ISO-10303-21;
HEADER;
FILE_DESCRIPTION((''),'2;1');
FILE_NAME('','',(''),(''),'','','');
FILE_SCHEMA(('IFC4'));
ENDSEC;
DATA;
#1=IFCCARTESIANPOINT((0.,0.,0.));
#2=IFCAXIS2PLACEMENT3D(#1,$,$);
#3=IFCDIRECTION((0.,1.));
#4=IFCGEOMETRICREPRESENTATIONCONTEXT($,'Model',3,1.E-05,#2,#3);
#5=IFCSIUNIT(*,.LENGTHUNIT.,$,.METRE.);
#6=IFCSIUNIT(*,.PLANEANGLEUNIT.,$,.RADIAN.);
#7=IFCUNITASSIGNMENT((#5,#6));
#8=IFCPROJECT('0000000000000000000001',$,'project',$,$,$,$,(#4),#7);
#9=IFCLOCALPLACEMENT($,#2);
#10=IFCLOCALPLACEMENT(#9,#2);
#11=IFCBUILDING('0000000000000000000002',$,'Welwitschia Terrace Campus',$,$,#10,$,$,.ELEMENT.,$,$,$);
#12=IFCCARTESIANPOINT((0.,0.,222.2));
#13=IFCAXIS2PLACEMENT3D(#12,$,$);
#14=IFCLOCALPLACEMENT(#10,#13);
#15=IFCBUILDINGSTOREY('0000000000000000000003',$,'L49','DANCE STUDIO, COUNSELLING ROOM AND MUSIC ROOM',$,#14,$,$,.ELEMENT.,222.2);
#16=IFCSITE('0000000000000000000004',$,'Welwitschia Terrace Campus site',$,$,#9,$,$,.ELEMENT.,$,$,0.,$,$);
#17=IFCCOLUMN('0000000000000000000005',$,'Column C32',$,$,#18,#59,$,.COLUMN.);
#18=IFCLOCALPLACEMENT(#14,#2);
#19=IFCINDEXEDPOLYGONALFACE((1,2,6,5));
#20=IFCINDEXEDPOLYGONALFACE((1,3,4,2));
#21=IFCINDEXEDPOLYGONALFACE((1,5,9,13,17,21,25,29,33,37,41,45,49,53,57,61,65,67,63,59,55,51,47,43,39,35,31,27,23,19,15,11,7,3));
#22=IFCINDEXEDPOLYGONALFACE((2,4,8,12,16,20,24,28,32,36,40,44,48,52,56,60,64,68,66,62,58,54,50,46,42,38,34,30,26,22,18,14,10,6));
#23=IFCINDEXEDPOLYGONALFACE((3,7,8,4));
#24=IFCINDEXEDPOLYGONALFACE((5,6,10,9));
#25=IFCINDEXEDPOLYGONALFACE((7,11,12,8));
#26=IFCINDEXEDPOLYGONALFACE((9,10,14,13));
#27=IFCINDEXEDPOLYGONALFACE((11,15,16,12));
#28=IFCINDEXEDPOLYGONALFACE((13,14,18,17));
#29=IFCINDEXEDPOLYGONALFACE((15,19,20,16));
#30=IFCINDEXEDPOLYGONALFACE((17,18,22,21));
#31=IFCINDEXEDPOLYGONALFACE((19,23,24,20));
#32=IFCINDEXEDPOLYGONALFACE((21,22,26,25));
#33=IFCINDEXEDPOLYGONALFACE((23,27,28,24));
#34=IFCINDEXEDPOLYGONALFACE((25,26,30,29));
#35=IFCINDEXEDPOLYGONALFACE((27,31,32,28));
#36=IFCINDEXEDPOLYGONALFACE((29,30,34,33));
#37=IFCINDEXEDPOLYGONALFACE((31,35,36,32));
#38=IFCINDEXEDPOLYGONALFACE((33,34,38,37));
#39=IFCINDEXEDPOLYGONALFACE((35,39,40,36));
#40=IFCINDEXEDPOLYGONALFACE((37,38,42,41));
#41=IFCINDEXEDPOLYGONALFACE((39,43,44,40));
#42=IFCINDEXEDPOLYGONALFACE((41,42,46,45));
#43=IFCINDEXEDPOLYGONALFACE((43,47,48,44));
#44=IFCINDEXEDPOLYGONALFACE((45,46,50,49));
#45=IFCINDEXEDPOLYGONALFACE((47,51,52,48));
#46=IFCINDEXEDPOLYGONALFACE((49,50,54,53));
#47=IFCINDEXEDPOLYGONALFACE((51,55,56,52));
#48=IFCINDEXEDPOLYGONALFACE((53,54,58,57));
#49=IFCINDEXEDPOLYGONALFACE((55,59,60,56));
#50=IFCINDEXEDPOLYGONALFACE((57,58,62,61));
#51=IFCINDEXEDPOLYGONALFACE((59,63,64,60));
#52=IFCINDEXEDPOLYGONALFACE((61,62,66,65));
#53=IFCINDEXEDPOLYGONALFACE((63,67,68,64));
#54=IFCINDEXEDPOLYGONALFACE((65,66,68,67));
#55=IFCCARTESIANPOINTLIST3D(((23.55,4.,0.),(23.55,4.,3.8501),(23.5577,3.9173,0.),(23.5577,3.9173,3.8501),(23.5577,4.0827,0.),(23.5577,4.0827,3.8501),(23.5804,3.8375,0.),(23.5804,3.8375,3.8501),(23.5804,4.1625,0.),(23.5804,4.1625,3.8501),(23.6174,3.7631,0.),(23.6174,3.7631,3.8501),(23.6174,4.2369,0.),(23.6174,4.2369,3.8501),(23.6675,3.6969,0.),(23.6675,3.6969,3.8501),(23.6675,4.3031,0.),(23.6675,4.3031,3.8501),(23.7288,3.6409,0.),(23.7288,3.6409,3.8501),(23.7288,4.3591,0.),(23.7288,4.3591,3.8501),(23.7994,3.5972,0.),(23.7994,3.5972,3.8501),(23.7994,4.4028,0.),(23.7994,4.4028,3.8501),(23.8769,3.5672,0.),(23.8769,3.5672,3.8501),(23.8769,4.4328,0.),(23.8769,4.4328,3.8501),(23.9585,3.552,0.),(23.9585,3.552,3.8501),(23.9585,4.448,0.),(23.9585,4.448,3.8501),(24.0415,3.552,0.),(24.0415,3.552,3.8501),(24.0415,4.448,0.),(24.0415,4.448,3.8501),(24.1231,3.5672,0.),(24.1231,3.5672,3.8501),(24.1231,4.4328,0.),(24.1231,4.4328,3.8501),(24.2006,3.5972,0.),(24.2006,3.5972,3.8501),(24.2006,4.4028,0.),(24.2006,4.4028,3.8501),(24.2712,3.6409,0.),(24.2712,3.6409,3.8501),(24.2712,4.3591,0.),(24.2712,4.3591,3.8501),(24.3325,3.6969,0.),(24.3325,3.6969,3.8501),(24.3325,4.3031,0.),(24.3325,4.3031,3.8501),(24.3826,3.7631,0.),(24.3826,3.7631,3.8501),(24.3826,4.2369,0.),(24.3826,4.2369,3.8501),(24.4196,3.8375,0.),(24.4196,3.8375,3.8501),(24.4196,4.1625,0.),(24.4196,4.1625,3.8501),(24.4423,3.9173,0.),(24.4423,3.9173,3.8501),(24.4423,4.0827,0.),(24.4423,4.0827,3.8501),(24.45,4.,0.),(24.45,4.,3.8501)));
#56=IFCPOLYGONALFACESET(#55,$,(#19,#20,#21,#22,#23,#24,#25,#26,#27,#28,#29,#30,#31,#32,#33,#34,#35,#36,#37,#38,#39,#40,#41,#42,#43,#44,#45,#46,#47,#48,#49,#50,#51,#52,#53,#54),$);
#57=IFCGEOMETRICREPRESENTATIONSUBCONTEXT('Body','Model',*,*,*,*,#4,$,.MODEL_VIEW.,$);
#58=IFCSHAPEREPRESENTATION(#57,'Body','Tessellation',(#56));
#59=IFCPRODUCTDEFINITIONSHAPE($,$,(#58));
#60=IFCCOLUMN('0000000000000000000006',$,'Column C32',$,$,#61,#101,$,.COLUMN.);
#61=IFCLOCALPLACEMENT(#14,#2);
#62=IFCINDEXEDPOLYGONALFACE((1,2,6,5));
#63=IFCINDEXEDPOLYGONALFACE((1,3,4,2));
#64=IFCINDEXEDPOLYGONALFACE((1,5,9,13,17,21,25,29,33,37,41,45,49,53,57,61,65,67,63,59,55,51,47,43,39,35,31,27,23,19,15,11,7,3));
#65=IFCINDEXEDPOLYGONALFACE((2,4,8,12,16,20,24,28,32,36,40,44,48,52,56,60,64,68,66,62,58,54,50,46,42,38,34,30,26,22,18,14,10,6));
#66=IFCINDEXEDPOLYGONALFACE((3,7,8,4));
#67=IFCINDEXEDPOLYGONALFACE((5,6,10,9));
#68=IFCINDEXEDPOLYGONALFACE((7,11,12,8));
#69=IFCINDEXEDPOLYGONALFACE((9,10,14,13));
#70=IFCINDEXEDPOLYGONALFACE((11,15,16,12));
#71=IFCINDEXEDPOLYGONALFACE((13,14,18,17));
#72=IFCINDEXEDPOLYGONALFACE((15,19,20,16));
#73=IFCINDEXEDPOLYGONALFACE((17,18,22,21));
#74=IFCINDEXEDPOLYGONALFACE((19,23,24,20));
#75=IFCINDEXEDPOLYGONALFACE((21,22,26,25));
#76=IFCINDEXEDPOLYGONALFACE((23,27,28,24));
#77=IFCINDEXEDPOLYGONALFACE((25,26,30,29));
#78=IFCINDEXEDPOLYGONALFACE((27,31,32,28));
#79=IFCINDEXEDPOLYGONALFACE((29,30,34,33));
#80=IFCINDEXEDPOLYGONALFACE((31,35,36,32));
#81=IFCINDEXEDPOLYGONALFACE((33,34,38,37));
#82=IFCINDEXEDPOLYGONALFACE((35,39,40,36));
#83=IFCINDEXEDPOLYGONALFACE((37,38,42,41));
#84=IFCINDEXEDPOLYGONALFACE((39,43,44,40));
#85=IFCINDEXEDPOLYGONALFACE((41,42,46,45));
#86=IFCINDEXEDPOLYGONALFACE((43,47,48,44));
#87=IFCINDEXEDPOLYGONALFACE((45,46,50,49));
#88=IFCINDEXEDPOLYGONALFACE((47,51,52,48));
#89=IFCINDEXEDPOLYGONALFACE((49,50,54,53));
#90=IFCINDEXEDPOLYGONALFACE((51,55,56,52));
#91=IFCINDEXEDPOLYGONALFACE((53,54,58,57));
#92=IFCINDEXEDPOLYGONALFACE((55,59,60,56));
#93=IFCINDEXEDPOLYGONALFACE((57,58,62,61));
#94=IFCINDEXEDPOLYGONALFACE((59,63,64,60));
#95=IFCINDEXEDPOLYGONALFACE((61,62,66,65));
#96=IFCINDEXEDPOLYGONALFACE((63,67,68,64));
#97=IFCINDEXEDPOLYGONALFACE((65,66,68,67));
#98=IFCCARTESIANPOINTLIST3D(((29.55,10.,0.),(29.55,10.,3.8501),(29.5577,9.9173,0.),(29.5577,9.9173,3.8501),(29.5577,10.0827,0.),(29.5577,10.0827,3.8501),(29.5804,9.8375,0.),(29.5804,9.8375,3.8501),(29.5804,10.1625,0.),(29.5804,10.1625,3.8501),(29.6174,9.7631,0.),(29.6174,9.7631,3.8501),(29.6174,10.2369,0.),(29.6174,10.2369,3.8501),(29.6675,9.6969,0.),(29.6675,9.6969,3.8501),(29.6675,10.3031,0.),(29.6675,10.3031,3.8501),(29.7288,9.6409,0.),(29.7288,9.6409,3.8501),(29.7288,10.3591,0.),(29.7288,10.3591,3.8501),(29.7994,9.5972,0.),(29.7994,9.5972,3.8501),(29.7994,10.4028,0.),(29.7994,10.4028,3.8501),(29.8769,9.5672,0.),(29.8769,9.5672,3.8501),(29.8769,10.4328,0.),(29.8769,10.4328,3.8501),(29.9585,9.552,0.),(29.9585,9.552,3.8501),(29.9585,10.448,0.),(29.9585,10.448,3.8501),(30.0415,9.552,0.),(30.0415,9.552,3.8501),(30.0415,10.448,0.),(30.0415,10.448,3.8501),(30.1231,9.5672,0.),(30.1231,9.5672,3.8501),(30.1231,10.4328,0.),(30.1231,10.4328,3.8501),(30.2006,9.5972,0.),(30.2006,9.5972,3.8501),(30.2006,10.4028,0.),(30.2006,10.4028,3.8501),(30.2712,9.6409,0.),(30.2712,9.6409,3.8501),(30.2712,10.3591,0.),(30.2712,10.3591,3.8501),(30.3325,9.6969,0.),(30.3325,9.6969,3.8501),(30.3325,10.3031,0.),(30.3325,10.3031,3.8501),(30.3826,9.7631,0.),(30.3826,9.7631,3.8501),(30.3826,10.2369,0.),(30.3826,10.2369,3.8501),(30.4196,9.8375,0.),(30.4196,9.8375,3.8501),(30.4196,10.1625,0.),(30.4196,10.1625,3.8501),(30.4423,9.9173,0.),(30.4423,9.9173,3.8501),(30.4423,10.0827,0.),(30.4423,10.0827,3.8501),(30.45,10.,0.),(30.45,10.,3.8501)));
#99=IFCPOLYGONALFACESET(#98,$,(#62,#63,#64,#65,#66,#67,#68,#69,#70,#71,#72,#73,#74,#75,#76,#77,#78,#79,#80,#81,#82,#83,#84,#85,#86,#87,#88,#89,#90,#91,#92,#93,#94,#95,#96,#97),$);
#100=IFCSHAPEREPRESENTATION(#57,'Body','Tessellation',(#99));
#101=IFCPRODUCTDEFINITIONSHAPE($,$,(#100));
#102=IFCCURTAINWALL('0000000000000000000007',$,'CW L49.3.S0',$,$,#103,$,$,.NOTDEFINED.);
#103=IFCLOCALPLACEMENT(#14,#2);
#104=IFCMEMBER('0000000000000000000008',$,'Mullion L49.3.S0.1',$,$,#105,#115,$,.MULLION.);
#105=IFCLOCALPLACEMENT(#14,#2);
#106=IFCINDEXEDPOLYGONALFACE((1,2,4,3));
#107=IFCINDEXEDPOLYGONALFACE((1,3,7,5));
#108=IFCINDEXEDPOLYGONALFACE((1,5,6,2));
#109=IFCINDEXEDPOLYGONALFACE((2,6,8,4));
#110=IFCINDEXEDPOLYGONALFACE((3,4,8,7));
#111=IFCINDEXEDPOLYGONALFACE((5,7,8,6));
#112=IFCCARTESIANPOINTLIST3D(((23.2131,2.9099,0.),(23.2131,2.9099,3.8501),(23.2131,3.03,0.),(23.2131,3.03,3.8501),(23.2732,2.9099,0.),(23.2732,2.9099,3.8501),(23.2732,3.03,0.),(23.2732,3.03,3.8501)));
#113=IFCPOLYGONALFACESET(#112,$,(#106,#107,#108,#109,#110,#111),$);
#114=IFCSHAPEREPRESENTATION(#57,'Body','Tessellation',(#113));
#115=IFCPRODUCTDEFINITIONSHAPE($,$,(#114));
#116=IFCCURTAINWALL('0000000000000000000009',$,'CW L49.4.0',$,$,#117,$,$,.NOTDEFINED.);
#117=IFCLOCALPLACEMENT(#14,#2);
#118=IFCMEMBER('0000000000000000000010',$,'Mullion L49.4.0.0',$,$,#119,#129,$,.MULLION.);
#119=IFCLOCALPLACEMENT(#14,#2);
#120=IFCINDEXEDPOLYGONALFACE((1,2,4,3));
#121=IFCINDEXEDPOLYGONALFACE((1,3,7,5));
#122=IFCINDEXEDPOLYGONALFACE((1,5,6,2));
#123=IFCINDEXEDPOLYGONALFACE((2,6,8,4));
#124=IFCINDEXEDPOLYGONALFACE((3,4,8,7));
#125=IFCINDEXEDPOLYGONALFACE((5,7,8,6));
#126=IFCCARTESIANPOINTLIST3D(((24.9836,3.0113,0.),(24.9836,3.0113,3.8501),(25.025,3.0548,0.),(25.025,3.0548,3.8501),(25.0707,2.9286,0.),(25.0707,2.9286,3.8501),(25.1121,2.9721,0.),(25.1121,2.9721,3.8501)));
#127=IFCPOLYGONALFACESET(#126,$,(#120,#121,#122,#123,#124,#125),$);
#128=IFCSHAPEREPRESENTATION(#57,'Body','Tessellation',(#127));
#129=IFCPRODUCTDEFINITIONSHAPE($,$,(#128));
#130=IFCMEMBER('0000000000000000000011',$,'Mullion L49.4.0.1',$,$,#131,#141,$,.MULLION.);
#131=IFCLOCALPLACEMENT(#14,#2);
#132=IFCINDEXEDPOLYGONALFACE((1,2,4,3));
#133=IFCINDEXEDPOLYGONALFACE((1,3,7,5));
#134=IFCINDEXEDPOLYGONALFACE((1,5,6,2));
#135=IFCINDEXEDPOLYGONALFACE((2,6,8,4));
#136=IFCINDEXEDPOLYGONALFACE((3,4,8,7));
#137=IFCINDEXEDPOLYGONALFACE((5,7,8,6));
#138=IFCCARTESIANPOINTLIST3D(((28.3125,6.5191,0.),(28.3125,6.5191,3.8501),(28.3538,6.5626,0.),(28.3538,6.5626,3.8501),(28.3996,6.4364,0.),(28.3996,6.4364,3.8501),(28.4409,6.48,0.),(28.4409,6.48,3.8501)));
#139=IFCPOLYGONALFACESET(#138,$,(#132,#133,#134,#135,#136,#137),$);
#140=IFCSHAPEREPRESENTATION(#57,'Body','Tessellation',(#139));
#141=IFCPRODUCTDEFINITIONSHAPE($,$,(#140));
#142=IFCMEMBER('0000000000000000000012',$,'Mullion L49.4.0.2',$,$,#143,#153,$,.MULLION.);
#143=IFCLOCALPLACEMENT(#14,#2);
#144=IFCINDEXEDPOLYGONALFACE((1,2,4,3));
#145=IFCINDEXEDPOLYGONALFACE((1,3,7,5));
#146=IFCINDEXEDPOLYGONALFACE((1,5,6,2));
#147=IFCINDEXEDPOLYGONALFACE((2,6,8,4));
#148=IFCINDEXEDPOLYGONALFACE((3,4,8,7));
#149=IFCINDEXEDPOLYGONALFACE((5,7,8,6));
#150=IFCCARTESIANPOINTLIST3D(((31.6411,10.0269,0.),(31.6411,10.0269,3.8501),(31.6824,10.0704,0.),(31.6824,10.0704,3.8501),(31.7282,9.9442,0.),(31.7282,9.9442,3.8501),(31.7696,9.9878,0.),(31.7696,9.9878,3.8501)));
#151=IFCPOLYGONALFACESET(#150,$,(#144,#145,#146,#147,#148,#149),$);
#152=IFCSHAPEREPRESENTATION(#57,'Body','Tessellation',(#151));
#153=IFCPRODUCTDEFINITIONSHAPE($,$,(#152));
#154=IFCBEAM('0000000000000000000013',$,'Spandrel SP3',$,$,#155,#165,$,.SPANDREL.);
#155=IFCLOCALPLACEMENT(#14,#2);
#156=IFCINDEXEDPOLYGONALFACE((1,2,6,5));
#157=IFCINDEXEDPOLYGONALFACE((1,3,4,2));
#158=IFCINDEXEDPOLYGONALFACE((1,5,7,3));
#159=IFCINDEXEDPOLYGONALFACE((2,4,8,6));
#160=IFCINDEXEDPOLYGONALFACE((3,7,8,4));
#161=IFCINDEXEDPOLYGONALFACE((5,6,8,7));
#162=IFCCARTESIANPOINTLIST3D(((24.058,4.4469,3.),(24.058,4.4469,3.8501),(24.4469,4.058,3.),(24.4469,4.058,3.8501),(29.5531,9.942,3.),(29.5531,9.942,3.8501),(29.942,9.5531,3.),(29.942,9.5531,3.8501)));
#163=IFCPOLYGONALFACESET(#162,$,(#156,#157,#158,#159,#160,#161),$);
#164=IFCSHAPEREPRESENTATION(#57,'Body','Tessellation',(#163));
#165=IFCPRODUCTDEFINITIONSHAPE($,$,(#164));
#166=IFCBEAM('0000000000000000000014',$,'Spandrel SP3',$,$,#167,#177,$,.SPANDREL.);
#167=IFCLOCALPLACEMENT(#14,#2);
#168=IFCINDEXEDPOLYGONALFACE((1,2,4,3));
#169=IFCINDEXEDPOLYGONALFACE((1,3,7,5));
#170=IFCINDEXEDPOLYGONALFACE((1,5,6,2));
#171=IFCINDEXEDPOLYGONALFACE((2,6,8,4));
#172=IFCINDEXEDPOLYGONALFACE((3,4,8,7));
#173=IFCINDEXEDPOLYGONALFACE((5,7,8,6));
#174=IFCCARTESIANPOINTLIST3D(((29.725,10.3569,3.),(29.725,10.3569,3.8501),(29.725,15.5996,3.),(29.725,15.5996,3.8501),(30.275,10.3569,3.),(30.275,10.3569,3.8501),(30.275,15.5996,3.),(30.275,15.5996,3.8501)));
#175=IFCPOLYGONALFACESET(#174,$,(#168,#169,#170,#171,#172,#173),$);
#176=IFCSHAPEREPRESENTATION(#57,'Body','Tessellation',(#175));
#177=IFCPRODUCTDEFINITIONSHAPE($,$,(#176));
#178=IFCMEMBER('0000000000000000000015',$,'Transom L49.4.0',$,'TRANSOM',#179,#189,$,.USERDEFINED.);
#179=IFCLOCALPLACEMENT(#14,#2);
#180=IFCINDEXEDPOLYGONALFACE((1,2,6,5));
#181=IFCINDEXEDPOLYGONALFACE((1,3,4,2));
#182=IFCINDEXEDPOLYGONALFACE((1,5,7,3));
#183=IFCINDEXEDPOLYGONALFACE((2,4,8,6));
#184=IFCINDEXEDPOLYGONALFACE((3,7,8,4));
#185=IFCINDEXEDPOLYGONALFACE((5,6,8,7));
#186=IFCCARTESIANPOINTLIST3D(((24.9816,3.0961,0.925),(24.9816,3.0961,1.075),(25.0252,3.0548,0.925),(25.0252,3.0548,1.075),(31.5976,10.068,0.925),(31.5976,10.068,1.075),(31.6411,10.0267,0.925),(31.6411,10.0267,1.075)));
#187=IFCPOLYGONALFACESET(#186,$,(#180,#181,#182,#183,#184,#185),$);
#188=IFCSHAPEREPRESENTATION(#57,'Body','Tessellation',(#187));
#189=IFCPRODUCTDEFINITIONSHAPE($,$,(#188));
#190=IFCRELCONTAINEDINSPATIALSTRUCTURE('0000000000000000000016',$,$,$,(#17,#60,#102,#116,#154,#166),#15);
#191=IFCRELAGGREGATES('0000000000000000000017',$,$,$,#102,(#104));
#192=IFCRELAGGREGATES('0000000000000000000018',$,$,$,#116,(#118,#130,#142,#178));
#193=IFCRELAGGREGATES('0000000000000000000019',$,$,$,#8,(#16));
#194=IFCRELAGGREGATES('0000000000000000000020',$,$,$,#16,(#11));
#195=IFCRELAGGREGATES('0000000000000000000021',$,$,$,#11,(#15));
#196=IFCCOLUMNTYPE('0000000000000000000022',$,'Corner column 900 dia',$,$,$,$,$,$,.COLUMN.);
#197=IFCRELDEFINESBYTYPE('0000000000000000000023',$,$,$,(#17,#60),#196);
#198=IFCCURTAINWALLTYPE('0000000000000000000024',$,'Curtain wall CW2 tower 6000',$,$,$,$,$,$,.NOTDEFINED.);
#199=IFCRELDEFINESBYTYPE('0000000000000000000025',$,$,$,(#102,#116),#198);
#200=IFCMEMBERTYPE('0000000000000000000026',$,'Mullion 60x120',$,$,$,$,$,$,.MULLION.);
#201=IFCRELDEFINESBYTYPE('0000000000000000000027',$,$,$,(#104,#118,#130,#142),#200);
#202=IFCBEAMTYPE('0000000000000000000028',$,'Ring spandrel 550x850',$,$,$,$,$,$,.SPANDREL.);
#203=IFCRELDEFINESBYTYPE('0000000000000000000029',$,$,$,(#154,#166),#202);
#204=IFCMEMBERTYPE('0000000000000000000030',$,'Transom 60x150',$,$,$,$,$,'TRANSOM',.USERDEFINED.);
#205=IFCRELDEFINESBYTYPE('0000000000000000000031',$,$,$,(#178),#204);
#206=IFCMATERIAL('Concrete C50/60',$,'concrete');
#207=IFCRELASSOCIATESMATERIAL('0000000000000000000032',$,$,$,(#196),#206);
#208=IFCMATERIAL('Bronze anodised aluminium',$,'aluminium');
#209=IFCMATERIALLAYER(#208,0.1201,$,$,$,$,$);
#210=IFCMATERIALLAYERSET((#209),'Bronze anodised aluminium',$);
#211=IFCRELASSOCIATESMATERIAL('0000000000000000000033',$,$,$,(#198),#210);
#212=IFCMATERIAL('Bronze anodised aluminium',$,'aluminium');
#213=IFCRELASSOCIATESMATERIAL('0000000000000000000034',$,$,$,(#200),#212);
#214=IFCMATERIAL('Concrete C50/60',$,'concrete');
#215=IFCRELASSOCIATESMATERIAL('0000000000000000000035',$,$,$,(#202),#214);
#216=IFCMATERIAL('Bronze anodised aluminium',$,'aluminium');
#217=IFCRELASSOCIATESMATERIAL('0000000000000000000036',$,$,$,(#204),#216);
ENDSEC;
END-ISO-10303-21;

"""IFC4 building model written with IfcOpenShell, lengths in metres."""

from ifc_helpers import new_model, si_unit, direction, frame, origin, origin_2d, place, context, subcontext, project, spatial, rectangle, circle, extrude, material, layer, layer_set, material_profile, profile_set, type_object, element, aggregate, save


model = new_model("IFC4")

# Units and contexts
model_context = context("Model", 3, precision=1e-05, world=origin(), true_north=direction((0.0, 1.0)))
body_context = subcontext(model_context, "Body", "Model", "MODEL_VIEW")
ifc_project = project(units=[si_unit("LENGTHUNIT", "METRE"), si_unit("PLANEANGLEUNIT", "RADIAN")], contexts=[model_context])

# Site, building, storey
site_placement = place(None, origin())
site = spatial("IfcSite", under=ifc_project, at=site_placement, Name="Welwitschia Terrace Campus site", CompositionType="ELEMENT", RefElevation=0.0)
building_placement = place(site_placement, origin())
building = spatial("IfcBuilding", under=site, at=building_placement, Name="Welwitschia Terrace Campus", CompositionType="ELEMENT")
storey_placement = place(building_placement, frame((0.0, 0.0, 222.2)))
storey = spatial("IfcBuildingStorey", under=building, at=storey_placement, Name="L49", Description="DANCE STUDIO, COUNSELLING ROOM AND MUSIC ROOM", CompositionType="ELEMENT", Elevation=222.2)

# Columns
ifc_material_1 = material(Name="Concrete C50/60", Category="concrete")
ifc_material_profile_1 = material_profile(ifc_material_1, circle(Radius=0.45, at=origin_2d()))
ifc_profile_set_1 = profile_set([ifc_material_profile_1], Name="Concrete C50/60")
column_type = type_object("IfcColumnType", Name="Corner column 900 dia", PredefinedType="COLUMN", material=ifc_profile_set_1)
for number, where, z_axis, x_axis, name in (
    (1, (24.0, 4.0, 0.0), (0.0, 0.0, 1.0), (1.0, 0.0, 0.0), "Column C32"),
    (2, (30.0, 10.0, 0.0), (0.0, 0.0, 1.0), (1.0, 0.0, 0.0), "Column C32"),
):
    element("IfcColumn", number, at=place(storey_placement, frame(where, z_axis=z_axis, x_axis=x_axis)), inside=storey, type_object=column_type, Name=name, PredefinedType="COLUMN", context=body_context, shape_type="SweptSolid", body=[
        extrude(circle(Radius=0.45, at=origin_2d()), origin(), (0.0, 0.0, 1.0), 3.8501),
    ])

# Curtain wall, member
ifc_material_2 = material(Name="Bronze anodised aluminium", Category="aluminium")
ifc_layer_1 = layer(ifc_material_2, 0.1201)
ifc_layer_set_1 = layer_set([ifc_layer_1], Name="Bronze anodised aluminium")
curtain_wall_type = type_object("IfcCurtainWallType", Name="Curtain wall CW2 tower 6000", PredefinedType="NOTDEFINED", material=ifc_layer_set_1)
curtain_wall_1_placement = place(storey_placement, origin())
curtain_wall_1 = element("IfcCurtainWall", 3, at=curtain_wall_1_placement, inside=storey, type_object=curtain_wall_type, Name="CW L49.3.S0", PredefinedType="NOTDEFINED")
ifc_material_3 = material(Name="Bronze anodised aluminium", Category="aluminium")
ifc_material_profile_2 = material_profile(ifc_material_3, rectangle(XDim=0.1201, YDim=0.0601, at=origin_2d()))
ifc_profile_set_2 = profile_set([ifc_material_profile_2], Name="Bronze anodised aluminium")
member_type_1 = type_object("IfcMemberType", Name="Mullion 60x120", PredefinedType="MULLION", material=ifc_profile_set_2)
member_1_placement = place(storey_placement, frame((23.2432, 2.97, 0.0), z_axis=(0.0, 0.0, 1.0), x_axis=(0.0, 1.0, 0.0)))
member_1 = element("IfcMember", 4, at=member_1_placement, type_object=member_type_1, Name="Mullion L49.3.S0.1", PredefinedType="MULLION", context=body_context, shape_type="SweptSolid", body=[
    extrude(rectangle(XDim=0.1201, YDim=0.0601, at=origin_2d()), origin(), (0.0, 0.0, 1.0), 3.8501),
])
aggregate(curtain_wall_1, [member_1])

# Curtain wall, members
curtain_wall_2_placement = place(storey_placement, origin())
curtain_wall_2 = element("IfcCurtainWall", 5, at=curtain_wall_2_placement, inside=storey, type_object=curtain_wall_type, Name="CW L49.4.0", PredefinedType="NOTDEFINED")
member_2_placement = place(storey_placement, frame((25.0479, 2.9917, 0.0), z_axis=(0.0, 0.0, 1.0), x_axis=(-0.725374, 0.688355, 0.0)))
member_2 = element("IfcMember", 6, at=member_2_placement, type_object=member_type_1, Name="Mullion L49.4.0.0", PredefinedType="MULLION", context=body_context, shape_type="SweptSolid", body=[
    extrude(rectangle(XDim=0.1201, YDim=0.0601, at=origin_2d()), origin(), (0.0, 0.0, 1.0), 3.8501),
])
member_3_placement = place(storey_placement, frame((28.3767, 6.4995, 0.0), z_axis=(0.0, 0.0, 1.0), x_axis=(-0.725374, 0.688355, 0.0)))
member_3 = element("IfcMember", 7, at=member_3_placement, type_object=member_type_1, Name="Mullion L49.4.0.1", PredefinedType="MULLION", context=body_context, shape_type="SweptSolid", body=[
    extrude(rectangle(XDim=0.1201, YDim=0.0601, at=origin_2d()), origin(), (0.0, 0.0, 1.0), 3.8501),
])
member_4_placement = place(storey_placement, frame((31.7053, 10.0073, 0.0), z_axis=(0.0, 0.0, 1.0), x_axis=(-0.725374, 0.688355, 0.0)))
member_4 = element("IfcMember", 8, at=member_4_placement, type_object=member_type_1, Name="Mullion L49.4.0.2", PredefinedType="MULLION", context=body_context, shape_type="SweptSolid", body=[
    extrude(rectangle(XDim=0.1201, YDim=0.0601, at=origin_2d()), origin(), (0.0, 0.0, 1.0), 3.8501),
])

# Beams
ifc_material_4 = material(Name="Concrete C50/60", Category="concrete")
ifc_material_profile_3 = material_profile(ifc_material_4, rectangle(XDim=0.55, YDim=0.8501, at=origin_2d()))
ifc_profile_set_3 = profile_set([ifc_material_profile_3], Name="Concrete C50/60")
beam_type = type_object("IfcBeamType", Name="Ring spandrel 550x850", PredefinedType="SPANDREL", material=ifc_profile_set_3)
beam_1_placement = place(storey_placement, frame((24.2524, 4.2524, 3.425), z_axis=(0.707107, 0.707107, 0.0), x_axis=(-0.707107, 0.707107, 0.0)))
element("IfcBeam", 9, at=beam_1_placement, inside=storey, type_object=beam_type, Name="Spandrel SP3", PredefinedType="SPANDREL", context=body_context, shape_type="SweptSolid", body=[
    extrude(rectangle(XDim=0.55, YDim=0.8501, at=origin_2d()), origin(), (0.0, 0.0, 1.0), 7.7712),
])
beam_2_placement = place(storey_placement, frame((30.0, 10.3569, 3.425), z_axis=(0.0, 1.0, 0.0), x_axis=(-1.0, 0.0, 0.0)))
element("IfcBeam", 10, at=beam_2_placement, inside=storey, type_object=beam_type, Name="Spandrel SP3", PredefinedType="SPANDREL", context=body_context, shape_type="SweptSolid", body=[
    extrude(rectangle(XDim=0.55, YDim=0.8501, at=origin_2d()), origin(), (0.0, 0.0, 1.0), 5.2427),
])

# Member
ifc_material_5 = material(Name="Bronze anodised aluminium", Category="aluminium")
ifc_material_profile_4 = material_profile(ifc_material_5, rectangle(XDim=0.0601, YDim=0.1499, at=origin_2d()))
ifc_profile_set_4 = profile_set([ifc_material_profile_4], Name="Bronze anodised aluminium")
member_type_2 = type_object("IfcMemberType", Name="Transom 60x150", ElementType="TRANSOM", PredefinedType="USERDEFINED", material=ifc_profile_set_4)
member_5_placement = place(storey_placement, frame((25.0034, 3.0754, 1.0), z_axis=(0.688347, 0.725382, 0.0), x_axis=(-0.725382, 0.688347, 0.0)))
member_5 = element("IfcMember", 11, at=member_5_placement, type_object=member_type_2, Name="Transom L49.4.0", ObjectType="TRANSOM", PredefinedType="USERDEFINED", context=body_context, shape_type="SweptSolid", body=[
    extrude(rectangle(XDim=0.0601, YDim=0.1499, at=origin_2d()), origin(), (0.0, 0.0, 1.0), 9.6113),
])

aggregate(curtain_wall_2, [member_2, member_3, member_4, member_5])

save(model, "model.ifc")
